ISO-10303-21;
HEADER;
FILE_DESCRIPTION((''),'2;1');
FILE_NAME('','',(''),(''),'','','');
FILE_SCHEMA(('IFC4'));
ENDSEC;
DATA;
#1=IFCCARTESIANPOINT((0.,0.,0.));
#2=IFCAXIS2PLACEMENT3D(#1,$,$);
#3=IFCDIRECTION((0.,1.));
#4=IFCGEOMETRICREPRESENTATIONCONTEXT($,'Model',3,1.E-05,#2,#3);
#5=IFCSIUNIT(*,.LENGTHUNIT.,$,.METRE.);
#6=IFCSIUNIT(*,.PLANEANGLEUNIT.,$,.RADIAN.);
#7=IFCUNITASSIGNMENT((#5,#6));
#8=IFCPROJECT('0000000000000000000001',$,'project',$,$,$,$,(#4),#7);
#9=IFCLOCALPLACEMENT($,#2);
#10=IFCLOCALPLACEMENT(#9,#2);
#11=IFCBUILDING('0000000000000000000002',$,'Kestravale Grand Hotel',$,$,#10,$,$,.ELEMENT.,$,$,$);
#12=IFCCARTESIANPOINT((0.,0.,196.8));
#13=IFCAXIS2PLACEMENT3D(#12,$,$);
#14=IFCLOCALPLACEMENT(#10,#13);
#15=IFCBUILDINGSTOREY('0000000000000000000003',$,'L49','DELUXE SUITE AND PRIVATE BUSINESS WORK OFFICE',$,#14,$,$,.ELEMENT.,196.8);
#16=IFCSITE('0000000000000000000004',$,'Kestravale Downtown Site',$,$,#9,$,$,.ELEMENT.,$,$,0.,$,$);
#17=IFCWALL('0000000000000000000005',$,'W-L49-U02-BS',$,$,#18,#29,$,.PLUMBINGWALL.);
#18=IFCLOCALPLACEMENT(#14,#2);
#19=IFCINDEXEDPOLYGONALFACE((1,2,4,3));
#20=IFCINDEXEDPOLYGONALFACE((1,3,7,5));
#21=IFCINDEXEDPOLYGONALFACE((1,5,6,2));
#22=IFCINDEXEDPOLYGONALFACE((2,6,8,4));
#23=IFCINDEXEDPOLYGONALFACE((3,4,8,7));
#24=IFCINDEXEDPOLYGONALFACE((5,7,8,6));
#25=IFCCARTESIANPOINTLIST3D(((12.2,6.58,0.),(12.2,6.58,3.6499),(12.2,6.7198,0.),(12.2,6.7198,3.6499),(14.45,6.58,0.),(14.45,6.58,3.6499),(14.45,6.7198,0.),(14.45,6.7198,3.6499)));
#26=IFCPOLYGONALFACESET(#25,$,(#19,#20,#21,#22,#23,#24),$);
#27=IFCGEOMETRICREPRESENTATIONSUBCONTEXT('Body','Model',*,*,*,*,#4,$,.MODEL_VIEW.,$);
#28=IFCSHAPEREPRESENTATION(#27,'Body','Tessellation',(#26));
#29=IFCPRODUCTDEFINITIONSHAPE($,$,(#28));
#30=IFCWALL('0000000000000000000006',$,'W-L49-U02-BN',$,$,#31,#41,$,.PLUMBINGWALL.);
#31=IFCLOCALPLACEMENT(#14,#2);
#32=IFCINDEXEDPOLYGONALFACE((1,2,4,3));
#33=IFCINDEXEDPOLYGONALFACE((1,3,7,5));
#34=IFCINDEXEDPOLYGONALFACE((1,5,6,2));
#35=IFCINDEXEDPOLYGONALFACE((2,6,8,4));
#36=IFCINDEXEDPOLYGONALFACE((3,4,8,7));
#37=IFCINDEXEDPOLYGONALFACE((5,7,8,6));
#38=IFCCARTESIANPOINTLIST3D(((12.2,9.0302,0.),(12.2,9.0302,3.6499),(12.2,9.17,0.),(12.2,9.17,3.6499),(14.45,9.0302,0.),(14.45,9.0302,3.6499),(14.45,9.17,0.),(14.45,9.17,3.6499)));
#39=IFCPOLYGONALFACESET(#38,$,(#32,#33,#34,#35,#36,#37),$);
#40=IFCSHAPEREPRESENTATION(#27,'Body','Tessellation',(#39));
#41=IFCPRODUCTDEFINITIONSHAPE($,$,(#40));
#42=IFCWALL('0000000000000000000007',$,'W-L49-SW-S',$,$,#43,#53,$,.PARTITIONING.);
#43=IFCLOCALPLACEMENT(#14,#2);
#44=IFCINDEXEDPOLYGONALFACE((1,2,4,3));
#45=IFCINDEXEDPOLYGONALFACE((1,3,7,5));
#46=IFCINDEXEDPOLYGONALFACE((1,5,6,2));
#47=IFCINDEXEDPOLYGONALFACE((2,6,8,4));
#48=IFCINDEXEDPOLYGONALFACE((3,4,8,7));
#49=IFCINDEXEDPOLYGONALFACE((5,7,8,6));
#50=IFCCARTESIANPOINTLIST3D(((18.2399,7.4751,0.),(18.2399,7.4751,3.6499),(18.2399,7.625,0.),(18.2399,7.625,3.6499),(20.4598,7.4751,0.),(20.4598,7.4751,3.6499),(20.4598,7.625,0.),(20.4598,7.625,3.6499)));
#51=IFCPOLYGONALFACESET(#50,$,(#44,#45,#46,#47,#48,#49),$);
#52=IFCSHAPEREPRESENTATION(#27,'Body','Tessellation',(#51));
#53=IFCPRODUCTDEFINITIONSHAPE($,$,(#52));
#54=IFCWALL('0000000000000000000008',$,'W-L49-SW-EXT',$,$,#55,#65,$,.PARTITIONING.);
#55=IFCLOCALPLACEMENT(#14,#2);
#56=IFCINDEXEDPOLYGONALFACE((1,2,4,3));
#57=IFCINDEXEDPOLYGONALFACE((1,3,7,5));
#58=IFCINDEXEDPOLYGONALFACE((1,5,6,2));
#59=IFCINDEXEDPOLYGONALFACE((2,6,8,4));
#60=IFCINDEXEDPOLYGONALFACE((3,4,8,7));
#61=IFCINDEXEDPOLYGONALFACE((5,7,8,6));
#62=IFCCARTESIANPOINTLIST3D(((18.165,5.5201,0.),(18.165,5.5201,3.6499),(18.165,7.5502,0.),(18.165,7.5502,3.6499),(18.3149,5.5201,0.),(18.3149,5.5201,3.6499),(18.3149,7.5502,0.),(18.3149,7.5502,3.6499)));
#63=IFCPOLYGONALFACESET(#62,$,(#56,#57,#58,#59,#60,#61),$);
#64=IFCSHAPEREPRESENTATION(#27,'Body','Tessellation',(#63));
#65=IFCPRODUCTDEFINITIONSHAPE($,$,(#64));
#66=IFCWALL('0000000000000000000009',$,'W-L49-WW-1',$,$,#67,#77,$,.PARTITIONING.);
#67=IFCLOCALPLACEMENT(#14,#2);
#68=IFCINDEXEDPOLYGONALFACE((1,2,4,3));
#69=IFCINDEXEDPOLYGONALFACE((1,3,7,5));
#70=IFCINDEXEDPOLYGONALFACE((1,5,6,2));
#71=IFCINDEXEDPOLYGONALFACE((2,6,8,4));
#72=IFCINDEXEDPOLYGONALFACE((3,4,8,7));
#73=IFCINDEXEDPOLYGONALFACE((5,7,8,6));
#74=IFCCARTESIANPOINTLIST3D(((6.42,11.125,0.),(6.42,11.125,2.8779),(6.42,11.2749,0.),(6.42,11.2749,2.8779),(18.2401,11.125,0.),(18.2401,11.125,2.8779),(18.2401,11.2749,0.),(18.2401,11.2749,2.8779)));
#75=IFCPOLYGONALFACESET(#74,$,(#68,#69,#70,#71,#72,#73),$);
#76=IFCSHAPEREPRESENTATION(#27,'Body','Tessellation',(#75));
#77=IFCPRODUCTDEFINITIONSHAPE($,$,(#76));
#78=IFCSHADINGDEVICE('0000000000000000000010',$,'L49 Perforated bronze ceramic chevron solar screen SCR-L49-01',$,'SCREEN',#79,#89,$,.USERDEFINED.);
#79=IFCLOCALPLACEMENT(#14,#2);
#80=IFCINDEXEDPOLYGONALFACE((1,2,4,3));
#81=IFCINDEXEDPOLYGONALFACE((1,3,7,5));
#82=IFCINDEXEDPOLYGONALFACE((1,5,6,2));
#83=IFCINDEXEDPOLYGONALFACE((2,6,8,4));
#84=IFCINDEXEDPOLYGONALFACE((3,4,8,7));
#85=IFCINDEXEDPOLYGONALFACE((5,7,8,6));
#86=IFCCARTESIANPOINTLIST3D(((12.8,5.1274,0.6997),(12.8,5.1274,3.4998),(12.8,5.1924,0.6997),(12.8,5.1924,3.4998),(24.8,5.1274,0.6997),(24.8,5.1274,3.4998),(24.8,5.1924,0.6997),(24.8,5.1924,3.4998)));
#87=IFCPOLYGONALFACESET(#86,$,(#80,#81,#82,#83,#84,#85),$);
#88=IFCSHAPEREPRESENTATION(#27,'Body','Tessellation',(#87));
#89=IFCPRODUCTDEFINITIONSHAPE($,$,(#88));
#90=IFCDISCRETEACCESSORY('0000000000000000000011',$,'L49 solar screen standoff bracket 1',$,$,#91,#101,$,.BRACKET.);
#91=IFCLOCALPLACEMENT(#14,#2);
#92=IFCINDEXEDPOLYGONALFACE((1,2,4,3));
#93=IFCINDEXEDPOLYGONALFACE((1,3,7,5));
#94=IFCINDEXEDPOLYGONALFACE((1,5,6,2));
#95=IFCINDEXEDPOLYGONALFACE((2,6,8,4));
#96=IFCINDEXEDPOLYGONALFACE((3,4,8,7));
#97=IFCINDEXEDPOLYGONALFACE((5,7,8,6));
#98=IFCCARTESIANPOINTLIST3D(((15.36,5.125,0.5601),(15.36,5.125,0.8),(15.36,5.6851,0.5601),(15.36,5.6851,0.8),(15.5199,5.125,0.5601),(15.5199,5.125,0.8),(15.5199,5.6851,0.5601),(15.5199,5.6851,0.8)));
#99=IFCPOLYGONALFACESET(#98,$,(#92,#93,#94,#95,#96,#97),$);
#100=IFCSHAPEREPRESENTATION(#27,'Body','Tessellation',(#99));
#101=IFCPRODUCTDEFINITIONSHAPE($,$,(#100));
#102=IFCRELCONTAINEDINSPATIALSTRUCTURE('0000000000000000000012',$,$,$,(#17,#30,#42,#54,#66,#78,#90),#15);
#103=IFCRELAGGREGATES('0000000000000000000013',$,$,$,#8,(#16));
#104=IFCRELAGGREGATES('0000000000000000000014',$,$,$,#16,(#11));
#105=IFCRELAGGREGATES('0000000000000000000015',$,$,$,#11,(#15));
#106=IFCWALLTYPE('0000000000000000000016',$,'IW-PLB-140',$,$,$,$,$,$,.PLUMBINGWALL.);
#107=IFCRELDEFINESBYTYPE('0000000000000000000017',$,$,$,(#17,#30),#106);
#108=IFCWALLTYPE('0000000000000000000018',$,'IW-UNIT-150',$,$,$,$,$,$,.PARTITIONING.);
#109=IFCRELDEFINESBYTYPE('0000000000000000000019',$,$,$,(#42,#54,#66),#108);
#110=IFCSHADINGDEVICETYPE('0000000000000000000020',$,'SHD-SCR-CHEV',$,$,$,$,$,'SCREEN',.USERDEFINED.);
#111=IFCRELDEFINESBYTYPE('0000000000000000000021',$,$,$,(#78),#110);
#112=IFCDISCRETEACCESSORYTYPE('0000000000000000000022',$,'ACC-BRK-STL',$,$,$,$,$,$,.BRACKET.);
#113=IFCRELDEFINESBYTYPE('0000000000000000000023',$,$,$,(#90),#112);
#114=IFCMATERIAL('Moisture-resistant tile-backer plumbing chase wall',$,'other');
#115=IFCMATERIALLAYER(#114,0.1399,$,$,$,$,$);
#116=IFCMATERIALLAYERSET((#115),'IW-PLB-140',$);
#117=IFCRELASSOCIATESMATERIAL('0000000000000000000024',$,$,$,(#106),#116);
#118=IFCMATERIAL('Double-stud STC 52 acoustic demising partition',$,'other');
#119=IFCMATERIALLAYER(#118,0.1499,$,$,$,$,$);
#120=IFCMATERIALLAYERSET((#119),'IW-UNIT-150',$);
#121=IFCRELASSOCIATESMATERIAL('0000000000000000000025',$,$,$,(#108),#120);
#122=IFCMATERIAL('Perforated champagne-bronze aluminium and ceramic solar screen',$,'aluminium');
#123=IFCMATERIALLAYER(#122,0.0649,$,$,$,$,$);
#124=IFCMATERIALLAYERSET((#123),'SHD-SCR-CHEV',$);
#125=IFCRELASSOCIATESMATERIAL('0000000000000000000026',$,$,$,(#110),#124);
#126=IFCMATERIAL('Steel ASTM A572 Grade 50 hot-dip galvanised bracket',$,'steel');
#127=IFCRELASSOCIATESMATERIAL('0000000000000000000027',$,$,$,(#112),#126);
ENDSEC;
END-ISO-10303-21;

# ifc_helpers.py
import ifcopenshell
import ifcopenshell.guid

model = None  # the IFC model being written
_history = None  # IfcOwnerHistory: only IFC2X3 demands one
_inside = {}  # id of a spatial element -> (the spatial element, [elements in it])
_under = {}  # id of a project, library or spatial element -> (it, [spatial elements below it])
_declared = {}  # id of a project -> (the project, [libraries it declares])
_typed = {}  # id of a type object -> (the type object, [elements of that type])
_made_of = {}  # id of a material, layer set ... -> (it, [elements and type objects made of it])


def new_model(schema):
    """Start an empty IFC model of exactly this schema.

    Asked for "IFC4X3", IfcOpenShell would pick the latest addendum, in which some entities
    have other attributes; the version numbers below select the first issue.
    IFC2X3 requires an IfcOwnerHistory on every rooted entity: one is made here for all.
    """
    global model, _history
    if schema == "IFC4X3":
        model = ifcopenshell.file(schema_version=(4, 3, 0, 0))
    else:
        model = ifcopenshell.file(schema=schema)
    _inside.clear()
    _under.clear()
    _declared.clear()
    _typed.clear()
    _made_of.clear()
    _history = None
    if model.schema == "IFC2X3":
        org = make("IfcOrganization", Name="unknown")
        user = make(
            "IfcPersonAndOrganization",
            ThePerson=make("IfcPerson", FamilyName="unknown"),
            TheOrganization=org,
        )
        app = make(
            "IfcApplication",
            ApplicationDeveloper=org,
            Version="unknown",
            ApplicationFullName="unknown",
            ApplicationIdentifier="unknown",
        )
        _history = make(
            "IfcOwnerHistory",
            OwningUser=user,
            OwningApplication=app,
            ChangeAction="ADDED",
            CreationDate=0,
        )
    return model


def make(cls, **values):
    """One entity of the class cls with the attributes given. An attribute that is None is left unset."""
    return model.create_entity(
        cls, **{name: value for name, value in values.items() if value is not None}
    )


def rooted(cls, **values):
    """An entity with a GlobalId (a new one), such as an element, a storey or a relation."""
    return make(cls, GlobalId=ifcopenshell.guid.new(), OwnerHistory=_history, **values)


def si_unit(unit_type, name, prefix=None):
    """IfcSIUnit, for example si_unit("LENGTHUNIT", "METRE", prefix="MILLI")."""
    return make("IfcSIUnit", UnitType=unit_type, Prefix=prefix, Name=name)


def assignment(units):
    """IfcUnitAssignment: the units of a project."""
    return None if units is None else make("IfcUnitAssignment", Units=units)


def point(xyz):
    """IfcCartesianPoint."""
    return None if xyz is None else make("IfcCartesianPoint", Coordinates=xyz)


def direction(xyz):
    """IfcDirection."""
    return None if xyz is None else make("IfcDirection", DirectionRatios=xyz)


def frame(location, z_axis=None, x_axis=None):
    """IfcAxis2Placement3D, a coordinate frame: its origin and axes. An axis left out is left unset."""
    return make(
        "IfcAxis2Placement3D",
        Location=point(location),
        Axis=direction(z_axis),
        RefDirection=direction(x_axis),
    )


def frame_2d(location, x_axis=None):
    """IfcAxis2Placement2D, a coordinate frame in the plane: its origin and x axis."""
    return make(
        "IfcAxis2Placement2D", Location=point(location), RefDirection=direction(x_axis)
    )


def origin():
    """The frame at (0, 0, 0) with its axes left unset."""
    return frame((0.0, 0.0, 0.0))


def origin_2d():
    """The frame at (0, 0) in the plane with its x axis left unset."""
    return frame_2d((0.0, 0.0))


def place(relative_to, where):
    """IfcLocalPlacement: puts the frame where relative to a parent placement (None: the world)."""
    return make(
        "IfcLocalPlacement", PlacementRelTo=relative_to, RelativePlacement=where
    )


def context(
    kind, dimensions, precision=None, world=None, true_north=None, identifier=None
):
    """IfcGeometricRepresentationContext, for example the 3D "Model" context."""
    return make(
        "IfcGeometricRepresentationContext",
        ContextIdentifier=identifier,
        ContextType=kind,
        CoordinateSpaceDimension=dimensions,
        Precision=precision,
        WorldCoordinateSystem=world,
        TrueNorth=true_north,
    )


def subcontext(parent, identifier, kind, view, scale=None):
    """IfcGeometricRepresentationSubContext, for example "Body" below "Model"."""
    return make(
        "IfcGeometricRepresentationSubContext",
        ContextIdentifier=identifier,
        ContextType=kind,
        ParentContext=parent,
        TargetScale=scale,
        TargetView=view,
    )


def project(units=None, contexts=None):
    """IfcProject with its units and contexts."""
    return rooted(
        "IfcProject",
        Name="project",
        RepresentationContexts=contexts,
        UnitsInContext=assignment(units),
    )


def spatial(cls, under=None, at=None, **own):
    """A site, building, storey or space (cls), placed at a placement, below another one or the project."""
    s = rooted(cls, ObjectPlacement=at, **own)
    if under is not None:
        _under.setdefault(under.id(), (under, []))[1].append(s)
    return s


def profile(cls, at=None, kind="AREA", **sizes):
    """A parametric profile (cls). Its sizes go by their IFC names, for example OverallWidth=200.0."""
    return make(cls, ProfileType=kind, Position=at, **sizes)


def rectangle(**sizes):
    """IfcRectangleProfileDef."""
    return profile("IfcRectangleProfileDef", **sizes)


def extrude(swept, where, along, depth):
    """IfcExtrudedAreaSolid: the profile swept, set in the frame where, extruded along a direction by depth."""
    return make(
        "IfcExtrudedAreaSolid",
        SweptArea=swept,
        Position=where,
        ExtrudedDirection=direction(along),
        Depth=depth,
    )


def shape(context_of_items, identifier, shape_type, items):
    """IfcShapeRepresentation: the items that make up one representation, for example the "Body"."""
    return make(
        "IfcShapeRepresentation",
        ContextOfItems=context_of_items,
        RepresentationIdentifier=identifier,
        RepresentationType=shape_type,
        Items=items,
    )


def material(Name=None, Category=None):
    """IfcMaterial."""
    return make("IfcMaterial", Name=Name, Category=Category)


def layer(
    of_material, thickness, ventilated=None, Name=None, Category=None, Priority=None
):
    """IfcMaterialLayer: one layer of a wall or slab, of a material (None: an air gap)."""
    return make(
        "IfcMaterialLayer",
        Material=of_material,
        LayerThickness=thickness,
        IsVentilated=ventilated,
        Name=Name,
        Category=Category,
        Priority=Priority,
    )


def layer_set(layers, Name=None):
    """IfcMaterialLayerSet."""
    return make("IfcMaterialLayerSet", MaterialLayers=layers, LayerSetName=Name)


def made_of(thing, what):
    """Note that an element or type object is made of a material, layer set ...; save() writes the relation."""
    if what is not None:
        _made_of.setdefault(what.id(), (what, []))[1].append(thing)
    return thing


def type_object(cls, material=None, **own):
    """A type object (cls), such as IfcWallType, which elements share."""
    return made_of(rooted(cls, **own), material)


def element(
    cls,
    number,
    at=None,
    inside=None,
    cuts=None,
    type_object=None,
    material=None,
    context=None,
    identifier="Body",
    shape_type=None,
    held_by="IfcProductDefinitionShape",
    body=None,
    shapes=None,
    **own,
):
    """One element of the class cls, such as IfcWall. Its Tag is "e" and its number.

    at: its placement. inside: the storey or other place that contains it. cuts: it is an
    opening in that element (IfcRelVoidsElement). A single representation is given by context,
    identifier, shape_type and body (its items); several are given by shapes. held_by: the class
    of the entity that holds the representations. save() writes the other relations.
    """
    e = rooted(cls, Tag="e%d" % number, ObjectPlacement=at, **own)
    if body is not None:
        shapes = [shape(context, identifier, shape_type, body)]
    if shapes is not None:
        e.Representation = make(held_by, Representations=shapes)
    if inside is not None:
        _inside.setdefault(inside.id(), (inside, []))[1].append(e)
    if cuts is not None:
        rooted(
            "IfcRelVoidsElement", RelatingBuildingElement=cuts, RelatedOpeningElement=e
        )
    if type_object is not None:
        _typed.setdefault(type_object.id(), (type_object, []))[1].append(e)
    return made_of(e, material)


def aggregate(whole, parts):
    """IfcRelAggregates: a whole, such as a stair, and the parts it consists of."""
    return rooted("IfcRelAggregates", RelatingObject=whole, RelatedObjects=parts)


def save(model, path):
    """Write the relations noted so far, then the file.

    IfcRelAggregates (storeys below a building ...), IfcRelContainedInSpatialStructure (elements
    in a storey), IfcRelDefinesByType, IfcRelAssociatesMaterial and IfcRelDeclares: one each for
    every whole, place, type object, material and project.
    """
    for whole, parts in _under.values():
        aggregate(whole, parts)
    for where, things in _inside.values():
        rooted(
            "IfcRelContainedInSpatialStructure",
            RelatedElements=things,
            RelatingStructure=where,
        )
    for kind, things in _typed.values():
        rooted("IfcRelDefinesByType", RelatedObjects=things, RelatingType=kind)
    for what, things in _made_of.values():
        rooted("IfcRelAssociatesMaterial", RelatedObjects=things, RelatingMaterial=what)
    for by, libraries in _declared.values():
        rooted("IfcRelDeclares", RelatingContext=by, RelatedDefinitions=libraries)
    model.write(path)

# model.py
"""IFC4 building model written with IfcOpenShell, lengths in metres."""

from ifc_helpers import new_model, si_unit, direction, frame, frame_2d, origin, origin_2d, place, context, subcontext, project, spatial, rectangle, extrude, material, layer, layer_set, type_object, element, save


model = new_model("IFC4")

# Units and contexts
model_context = context("Model", 3, precision=1e-05, world=origin(), true_north=direction((0.0, 1.0)))
body_context = subcontext(model_context, "Body", "Model", "MODEL_VIEW")
ifc_project = project(units=[si_unit("LENGTHUNIT", "METRE"), si_unit("PLANEANGLEUNIT", "RADIAN")], contexts=[model_context])

# Site, building, storey
site_placement = place(None, origin())
site = spatial("IfcSite", under=ifc_project, at=site_placement, Name="Kestravale Downtown Site", CompositionType="ELEMENT", RefElevation=0.0)
building_placement = place(site_placement, origin())
building = spatial("IfcBuilding", under=site, at=building_placement, Name="Kestravale Grand Hotel", CompositionType="ELEMENT")
storey_placement = place(building_placement, frame((0.0, 0.0, 196.8)))
storey = spatial("IfcBuildingStorey", under=building, at=storey_placement, Name="L49", Description="DELUXE SUITE AND PRIVATE BUSINESS WORK OFFICE", CompositionType="ELEMENT", Elevation=196.8)

# Shared definitions
ifc_material_1 = material(Name="Moisture-resistant tile-backer plumbing chase wall", Category="other")
ifc_layer_1 = layer(ifc_material_1, 0.1399)
ifc_layer_set_1 = layer_set([ifc_layer_1], Name="IW-PLB-140")
wall_type_1 = type_object("IfcWallType", Name="IW-PLB-140", PredefinedType="PLUMBINGWALL", material=ifc_layer_set_1)

# Walls
for number, where, z_axis, x_axis, name in (
    (1, (12.2, 6.6499, 0.0), (0.0, 0.0, 1.0), (1.0, 0.0, 0.0), "W-L49-U02-BS"),
    (2, (12.2, 9.1001, 0.0), (0.0, 0.0, 1.0), (1.0, 0.0, 0.0), "W-L49-U02-BN"),
):
    element("IfcWall", number, at=place(storey_placement, frame(where, z_axis=z_axis, x_axis=x_axis)), inside=storey, type_object=wall_type_1, Name=name, PredefinedType="PLUMBINGWALL", context=body_context, shape_type="SweptSolid", body=[
        extrude(rectangle(XDim=2.25, YDim=0.1399, at=frame_2d((1.125, 0.0))), origin(), (0.0, 0.0, 1.0), 3.6499),
    ])
ifc_material_2 = material(Name="Double-stud STC 52 acoustic demising partition", Category="other")
ifc_layer_2 = layer(ifc_material_2, 0.1499)
ifc_layer_set_2 = layer_set([ifc_layer_2], Name="IW-UNIT-150")
wall_type_2 = type_object("IfcWallType", Name="IW-UNIT-150", PredefinedType="PARTITIONING", material=ifc_layer_set_2)
wall_1_placement = place(storey_placement, frame((18.24, 7.55, 0.0), z_axis=(0.0, 0.0, 1.0), x_axis=(1.0, 0.0, 0.0)))
element("IfcWall", 3, at=wall_1_placement, inside=storey, type_object=wall_type_2, Name="W-L49-SW-S", PredefinedType="PARTITIONING", context=body_context, shape_type="SweptSolid", body=[
    extrude(rectangle(XDim=2.22, YDim=0.1499, at=frame_2d((1.1099, 0.0))), origin(), (0.0, 0.0, 1.0), 3.6499),
])
wall_2_placement = place(storey_placement, frame((18.24, 5.52, 0.0), z_axis=(0.0, 0.0, 1.0), x_axis=(0.0, 1.0, 0.0)))
element("IfcWall", 4, at=wall_2_placement, inside=storey, type_object=wall_type_2, Name="W-L49-SW-EXT", PredefinedType="PARTITIONING", context=body_context, shape_type="SweptSolid", body=[
    extrude(rectangle(XDim=2.03, YDim=0.1499, at=frame_2d((1.0151, 0.0))), origin(), (0.0, 0.0, 1.0), 3.6499),
])
wall_3_placement = place(storey_placement, frame((6.4199, 11.2, 0.0), z_axis=(0.0, 0.0, 1.0), x_axis=(1.0, 0.0, 0.0)))
element("IfcWall", 5, at=wall_3_placement, inside=storey, type_object=wall_type_2, Name="W-L49-WW-1", PredefinedType="PARTITIONING", context=body_context, shape_type="SweptSolid", body=[
    extrude(rectangle(XDim=11.8201, YDim=0.1499, at=frame_2d((5.9102, 0.0))), origin(), (0.0, 0.0, 1.0), 2.8779),
])

# Shading device
ifc_material_3 = material(Name="Perforated champagne-bronze aluminium and ceramic solar screen", Category="aluminium")
ifc_layer_3 = layer(ifc_material_3, 0.0649)
ifc_layer_set_3 = layer_set([ifc_layer_3], Name="SHD-SCR-CHEV")
shading_device_type = type_object("IfcShadingDeviceType", Name="SHD-SCR-CHEV", ElementType="SCREEN", PredefinedType="USERDEFINED", material=ifc_layer_set_3)
shading_device_placement = place(storey_placement, frame((18.8, 5.1599, 0.6997), z_axis=(0.0, 0.0, 1.0), x_axis=(1.0, 0.0, 0.0)))
element("IfcShadingDevice", 6, at=shading_device_placement, inside=storey, type_object=shading_device_type, Name="L49 Perforated bronze ceramic chevron solar screen SCR-L49-01", ObjectType="SCREEN", PredefinedType="USERDEFINED", context=body_context, shape_type="SweptSolid", body=[
    extrude(rectangle(XDim=12.0, YDim=0.0649, at=origin_2d()), origin(), (0.0, 0.0, 1.0), 2.8),
])

# Discrete accessory
ifc_material_4 = material(Name="Steel ASTM A572 Grade 50 hot-dip galvanised bracket", Category="steel")
discrete_accessory_type = type_object("IfcDiscreteAccessoryType", Name="ACC-BRK-STL", PredefinedType="BRACKET", material=ifc_material_4)
discrete_accessory_placement = place(storey_placement, frame((15.4399, 5.405, 0.5601), z_axis=(0.0, 0.0, 1.0), x_axis=(1.0, 0.0, 0.0)))
element("IfcDiscreteAccessory", 7, at=discrete_accessory_placement, inside=storey, type_object=discrete_accessory_type, Name="L49 solar screen standoff bracket 1", PredefinedType="BRACKET", context=body_context, shape_type="SweptSolid", body=[
    extrude(rectangle(XDim=0.1599, YDim=0.5601, at=origin_2d()), origin(), (0.0, 0.0, 1.0), 0.24),
])

save(model, "model.ifc")
